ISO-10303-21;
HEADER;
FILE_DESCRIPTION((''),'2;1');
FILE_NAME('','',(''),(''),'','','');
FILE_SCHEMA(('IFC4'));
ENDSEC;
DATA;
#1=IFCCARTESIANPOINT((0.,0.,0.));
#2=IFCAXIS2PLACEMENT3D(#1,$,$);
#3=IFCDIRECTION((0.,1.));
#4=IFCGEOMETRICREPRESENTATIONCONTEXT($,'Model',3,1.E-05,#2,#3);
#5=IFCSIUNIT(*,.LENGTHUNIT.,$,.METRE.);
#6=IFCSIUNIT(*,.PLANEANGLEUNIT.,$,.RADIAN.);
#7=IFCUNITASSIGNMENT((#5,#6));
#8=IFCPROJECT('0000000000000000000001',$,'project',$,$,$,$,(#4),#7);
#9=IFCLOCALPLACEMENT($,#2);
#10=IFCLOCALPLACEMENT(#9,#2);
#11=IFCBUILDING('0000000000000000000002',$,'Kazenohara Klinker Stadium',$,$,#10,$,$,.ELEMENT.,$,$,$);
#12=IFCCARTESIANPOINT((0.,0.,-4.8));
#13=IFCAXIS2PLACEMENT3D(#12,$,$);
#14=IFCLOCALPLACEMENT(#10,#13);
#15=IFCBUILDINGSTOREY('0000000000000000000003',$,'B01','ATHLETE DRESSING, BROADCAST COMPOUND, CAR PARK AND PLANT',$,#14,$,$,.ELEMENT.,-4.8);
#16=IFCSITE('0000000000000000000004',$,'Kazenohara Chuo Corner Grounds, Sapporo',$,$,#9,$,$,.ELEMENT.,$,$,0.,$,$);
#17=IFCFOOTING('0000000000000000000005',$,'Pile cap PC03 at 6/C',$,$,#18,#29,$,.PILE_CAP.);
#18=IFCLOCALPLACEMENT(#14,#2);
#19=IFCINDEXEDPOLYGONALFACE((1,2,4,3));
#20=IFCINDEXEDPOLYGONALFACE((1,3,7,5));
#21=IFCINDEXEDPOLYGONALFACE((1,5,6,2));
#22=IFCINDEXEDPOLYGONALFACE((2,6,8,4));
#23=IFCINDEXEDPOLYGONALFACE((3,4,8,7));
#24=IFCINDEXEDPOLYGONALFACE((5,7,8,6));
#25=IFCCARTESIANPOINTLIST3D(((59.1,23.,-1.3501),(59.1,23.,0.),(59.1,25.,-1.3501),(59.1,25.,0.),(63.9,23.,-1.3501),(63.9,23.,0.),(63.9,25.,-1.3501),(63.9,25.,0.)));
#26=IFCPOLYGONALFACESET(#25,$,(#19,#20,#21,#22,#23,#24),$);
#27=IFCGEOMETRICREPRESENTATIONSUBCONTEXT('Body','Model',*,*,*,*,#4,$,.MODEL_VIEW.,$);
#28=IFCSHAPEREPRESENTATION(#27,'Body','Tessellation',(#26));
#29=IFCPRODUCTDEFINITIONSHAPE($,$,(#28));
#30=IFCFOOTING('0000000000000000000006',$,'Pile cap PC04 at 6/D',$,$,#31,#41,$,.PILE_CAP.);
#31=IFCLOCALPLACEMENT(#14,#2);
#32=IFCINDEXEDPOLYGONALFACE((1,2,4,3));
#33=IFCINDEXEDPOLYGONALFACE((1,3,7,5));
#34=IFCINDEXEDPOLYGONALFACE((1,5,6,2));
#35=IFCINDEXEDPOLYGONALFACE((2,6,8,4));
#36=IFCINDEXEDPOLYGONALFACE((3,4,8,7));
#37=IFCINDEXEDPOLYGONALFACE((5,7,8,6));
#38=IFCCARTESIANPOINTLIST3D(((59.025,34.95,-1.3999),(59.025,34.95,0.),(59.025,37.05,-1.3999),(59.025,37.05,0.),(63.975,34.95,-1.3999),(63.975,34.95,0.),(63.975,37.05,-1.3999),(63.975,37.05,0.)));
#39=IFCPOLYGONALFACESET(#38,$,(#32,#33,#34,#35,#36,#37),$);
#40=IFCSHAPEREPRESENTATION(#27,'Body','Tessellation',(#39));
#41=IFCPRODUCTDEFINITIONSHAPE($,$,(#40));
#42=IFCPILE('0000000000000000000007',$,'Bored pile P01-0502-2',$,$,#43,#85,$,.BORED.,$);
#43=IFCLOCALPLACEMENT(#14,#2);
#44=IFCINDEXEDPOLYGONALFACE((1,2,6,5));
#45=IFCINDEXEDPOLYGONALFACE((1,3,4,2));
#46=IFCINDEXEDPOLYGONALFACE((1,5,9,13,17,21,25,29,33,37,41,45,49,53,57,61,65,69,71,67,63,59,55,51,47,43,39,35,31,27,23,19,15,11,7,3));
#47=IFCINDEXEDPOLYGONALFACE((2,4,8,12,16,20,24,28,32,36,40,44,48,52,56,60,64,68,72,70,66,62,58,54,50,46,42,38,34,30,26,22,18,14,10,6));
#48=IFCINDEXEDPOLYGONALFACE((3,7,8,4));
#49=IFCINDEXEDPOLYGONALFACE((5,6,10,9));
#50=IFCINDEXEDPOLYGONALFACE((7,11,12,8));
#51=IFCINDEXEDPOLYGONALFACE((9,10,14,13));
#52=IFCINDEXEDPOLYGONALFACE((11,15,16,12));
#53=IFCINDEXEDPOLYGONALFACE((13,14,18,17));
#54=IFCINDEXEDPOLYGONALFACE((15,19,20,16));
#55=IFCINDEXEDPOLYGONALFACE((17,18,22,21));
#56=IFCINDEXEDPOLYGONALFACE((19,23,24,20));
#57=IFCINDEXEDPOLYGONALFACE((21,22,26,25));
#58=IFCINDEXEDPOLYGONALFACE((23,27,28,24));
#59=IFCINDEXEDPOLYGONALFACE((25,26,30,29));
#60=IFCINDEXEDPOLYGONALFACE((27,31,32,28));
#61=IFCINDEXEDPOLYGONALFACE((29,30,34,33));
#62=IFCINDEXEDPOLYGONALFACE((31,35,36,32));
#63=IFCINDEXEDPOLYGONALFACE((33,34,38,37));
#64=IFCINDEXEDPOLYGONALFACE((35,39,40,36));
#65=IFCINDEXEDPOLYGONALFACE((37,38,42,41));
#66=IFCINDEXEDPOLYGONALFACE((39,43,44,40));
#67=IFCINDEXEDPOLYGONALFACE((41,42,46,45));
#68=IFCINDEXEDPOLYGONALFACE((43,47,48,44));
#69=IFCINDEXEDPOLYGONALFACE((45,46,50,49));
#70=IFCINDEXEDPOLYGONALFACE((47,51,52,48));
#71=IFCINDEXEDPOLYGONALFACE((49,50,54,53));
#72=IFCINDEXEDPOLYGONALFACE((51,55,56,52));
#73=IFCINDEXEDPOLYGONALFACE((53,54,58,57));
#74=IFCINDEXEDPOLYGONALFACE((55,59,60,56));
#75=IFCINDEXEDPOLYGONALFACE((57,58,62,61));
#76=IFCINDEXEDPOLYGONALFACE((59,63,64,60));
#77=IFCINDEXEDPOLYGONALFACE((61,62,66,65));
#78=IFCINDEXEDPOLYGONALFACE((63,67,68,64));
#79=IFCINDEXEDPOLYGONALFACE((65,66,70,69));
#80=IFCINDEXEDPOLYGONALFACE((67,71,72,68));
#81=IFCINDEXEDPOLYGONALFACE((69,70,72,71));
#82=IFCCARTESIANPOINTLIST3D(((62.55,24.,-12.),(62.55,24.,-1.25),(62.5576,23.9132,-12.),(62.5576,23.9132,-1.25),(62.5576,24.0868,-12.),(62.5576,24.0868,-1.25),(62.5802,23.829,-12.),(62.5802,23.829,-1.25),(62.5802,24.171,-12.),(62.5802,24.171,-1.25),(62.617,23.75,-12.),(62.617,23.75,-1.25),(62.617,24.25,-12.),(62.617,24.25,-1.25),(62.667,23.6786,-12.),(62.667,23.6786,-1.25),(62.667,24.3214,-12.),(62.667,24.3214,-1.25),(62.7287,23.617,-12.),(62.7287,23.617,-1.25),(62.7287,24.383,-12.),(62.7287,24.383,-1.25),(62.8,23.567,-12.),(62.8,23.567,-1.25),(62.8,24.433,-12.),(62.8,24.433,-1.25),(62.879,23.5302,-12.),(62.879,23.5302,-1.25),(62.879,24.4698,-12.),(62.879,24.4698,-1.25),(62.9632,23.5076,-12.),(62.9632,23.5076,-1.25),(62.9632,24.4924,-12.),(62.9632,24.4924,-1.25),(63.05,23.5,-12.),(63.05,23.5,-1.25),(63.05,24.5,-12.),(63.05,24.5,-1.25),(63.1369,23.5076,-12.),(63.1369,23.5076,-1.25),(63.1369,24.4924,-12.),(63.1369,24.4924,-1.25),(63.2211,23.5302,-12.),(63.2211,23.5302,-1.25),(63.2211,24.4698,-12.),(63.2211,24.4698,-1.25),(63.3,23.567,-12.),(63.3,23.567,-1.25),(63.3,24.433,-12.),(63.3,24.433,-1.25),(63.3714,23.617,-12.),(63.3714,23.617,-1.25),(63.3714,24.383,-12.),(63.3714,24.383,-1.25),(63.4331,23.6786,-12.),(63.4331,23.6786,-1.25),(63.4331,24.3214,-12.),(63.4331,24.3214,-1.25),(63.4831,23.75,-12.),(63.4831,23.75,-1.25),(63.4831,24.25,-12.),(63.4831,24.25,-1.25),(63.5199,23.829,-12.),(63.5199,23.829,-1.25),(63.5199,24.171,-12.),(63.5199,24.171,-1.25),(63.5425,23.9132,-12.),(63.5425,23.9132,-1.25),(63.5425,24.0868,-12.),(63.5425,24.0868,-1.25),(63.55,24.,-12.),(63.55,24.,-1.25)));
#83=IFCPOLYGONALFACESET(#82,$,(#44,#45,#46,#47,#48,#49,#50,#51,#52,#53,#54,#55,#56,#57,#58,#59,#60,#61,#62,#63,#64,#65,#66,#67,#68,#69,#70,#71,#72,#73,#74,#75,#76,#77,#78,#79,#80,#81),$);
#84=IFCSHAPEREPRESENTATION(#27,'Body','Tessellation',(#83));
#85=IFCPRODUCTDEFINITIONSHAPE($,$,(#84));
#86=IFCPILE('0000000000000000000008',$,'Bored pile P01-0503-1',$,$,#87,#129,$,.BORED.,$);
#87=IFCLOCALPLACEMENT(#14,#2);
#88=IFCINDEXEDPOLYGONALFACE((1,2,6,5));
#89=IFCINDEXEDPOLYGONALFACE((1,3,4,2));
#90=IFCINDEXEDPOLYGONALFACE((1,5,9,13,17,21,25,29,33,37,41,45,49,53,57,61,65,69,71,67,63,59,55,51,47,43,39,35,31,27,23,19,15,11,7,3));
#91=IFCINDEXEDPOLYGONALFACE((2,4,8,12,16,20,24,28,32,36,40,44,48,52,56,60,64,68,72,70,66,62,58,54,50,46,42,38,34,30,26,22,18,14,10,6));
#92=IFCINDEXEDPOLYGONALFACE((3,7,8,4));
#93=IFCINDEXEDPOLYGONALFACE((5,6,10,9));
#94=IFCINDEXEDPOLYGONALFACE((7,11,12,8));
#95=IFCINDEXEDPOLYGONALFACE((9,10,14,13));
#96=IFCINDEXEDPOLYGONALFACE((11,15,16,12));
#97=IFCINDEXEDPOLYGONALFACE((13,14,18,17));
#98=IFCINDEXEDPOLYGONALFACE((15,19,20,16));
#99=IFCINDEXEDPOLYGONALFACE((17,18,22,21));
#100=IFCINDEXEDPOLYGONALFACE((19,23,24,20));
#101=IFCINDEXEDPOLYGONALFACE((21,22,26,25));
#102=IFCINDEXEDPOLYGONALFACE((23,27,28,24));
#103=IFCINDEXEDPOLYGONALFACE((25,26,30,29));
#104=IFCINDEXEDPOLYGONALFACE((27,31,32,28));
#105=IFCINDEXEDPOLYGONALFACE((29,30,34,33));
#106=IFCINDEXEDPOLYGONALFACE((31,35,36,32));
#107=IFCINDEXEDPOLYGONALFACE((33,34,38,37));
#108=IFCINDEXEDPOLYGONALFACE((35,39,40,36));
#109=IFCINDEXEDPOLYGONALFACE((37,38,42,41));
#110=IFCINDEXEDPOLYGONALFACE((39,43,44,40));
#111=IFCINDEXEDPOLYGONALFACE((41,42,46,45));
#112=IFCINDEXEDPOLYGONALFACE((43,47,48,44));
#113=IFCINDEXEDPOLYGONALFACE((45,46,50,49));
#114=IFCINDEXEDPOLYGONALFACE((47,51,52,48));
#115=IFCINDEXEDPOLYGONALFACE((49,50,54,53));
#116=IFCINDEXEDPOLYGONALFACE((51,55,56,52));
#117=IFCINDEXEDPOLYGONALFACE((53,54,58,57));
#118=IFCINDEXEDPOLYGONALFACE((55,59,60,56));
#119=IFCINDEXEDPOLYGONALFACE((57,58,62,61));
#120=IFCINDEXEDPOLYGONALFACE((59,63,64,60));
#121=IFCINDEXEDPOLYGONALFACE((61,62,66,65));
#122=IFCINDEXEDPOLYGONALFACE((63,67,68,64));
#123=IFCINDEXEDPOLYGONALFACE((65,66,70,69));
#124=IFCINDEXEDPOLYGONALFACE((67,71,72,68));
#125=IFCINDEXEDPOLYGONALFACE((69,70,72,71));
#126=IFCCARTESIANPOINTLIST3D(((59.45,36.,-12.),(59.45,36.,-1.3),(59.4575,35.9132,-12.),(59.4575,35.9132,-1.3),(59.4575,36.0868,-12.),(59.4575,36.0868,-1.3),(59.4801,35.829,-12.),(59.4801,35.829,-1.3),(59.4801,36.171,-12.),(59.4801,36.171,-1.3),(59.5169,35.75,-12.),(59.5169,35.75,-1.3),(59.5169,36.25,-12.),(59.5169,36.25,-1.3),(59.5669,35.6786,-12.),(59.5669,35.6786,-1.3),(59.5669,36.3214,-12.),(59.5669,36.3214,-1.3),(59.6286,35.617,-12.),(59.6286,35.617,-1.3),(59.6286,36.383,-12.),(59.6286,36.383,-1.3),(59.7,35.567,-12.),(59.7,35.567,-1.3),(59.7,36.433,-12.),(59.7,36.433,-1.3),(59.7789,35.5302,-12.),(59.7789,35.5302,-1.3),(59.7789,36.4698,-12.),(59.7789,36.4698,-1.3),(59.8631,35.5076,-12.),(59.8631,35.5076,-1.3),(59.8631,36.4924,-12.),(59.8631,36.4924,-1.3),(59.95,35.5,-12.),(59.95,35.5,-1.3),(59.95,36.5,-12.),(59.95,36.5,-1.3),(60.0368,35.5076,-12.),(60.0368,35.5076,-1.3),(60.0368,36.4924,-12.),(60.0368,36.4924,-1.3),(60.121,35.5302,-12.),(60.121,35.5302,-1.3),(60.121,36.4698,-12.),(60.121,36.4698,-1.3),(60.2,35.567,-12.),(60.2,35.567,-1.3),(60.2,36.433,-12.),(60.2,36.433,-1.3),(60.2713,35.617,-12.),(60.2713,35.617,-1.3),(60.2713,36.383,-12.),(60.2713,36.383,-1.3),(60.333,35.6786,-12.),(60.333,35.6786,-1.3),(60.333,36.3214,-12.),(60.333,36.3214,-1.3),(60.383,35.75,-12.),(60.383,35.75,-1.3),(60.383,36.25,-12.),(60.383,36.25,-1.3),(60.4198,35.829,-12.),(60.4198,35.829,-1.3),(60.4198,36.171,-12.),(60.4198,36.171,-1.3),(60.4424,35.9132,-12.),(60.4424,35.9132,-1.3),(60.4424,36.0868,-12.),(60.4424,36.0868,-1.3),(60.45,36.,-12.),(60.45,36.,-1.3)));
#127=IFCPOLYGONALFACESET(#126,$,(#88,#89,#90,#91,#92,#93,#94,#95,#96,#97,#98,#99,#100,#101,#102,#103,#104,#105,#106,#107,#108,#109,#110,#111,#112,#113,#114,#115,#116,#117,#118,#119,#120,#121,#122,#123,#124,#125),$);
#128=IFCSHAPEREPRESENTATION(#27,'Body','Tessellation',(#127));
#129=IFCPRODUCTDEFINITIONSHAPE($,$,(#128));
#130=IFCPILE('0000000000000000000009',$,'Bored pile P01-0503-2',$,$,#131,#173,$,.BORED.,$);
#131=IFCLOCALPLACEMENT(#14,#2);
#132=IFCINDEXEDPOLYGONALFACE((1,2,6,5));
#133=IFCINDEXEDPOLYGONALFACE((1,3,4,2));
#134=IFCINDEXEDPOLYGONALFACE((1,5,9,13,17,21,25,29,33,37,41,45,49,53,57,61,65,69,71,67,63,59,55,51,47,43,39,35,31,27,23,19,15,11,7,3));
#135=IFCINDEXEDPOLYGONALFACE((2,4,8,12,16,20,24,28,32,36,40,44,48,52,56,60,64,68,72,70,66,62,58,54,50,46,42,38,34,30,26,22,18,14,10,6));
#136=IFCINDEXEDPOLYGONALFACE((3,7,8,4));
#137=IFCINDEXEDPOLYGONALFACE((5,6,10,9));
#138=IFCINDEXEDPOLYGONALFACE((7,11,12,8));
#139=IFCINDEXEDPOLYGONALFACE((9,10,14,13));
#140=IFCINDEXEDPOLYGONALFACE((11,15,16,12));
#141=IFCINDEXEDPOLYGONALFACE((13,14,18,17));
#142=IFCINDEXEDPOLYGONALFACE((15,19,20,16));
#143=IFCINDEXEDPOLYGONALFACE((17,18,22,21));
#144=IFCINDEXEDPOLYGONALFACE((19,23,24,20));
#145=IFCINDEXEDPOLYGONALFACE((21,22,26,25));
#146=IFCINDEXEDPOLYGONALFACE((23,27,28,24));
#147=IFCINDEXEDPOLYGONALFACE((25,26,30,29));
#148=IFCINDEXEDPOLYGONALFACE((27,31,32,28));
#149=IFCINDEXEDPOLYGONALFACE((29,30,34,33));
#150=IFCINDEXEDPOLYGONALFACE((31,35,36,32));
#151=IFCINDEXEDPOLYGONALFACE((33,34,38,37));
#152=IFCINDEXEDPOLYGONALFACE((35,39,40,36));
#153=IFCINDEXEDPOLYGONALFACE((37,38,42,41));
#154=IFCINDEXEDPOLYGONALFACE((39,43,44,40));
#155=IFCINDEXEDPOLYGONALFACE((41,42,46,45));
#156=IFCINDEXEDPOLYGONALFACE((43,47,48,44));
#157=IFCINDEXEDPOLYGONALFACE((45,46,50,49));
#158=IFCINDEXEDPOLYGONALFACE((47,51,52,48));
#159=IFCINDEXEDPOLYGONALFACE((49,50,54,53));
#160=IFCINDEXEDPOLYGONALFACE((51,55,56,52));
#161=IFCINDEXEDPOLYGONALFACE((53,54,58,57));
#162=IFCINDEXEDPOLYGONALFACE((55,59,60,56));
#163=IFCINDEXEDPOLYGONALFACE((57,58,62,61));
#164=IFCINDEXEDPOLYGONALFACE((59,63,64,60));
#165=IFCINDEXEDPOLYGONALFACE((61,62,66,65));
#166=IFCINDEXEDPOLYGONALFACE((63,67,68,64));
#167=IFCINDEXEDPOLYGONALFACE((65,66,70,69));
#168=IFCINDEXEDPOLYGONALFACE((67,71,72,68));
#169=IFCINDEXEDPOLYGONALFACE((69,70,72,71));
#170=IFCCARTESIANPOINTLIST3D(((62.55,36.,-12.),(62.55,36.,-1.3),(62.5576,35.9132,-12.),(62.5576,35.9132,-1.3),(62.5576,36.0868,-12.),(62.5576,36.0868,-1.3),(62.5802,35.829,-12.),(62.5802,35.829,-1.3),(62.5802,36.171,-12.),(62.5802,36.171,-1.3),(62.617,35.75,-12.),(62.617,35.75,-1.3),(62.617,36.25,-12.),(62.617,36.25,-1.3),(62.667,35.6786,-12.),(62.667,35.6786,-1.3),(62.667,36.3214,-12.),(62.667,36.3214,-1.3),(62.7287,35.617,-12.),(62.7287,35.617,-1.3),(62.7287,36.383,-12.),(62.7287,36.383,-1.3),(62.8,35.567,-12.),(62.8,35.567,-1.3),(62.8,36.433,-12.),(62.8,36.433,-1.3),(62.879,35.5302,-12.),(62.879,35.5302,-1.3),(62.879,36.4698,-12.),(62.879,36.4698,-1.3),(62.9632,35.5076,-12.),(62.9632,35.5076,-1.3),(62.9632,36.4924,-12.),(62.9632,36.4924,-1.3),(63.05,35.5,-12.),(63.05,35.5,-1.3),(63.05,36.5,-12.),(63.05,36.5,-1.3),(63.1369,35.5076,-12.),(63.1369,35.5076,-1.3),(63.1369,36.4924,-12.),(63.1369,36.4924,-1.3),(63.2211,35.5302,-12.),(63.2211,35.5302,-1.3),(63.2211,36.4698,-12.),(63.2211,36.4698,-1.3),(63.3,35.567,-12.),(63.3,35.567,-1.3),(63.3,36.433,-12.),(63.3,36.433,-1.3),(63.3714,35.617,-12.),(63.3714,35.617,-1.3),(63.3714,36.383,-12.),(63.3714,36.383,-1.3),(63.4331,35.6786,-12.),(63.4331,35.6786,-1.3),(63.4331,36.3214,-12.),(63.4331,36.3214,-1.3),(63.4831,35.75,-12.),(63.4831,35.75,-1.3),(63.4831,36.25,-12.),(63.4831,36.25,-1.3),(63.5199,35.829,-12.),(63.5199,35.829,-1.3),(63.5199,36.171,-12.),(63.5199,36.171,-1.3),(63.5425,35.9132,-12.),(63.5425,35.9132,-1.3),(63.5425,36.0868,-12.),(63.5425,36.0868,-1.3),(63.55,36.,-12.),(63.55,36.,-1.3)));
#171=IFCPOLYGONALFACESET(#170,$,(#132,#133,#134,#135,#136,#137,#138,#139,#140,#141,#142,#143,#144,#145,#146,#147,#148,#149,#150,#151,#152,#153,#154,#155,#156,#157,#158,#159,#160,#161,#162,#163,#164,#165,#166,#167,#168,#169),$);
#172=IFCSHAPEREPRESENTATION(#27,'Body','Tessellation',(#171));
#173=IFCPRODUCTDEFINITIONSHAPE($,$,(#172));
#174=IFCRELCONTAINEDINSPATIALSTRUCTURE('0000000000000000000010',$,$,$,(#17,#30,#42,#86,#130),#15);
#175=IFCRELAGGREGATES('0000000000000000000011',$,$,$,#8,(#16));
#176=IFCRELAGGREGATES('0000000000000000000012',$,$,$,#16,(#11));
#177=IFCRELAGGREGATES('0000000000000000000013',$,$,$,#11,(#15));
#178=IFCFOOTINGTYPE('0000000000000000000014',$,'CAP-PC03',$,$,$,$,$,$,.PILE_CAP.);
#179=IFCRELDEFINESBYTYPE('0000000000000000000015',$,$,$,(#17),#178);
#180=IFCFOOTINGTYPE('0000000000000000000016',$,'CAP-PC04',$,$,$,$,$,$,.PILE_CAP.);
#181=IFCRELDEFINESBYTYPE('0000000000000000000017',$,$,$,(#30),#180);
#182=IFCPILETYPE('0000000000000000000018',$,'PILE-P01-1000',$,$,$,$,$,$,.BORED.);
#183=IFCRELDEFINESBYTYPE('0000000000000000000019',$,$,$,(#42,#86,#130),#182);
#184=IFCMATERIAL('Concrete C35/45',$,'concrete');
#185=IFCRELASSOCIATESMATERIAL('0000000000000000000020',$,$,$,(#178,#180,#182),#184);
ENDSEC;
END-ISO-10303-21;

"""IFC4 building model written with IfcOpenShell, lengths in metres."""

from ifc_helpers import new_model, si_unit, direction, frame, origin, origin_2d, place, context, subcontext, project, spatial, rectangle, circle, extrude, material, material_profile, profile_set, type_object, element, save


model = new_model("IFC4")

# Units and contexts
model_context = context("Model", 3, precision=1e-05, world=origin(), true_north=direction((0.0, 1.0)))
body_context = subcontext(model_context, "Body", "Model", "MODEL_VIEW")
ifc_project = project(units=[si_unit("LENGTHUNIT", "METRE"), si_unit("PLANEANGLEUNIT", "RADIAN")], contexts=[model_context])

# Site, building, storey
site_placement = place(None, origin())
site = spatial("IfcSite", under=ifc_project, at=site_placement, Name="Kazenohara Chuo Corner Grounds, Sapporo", CompositionType="ELEMENT", RefElevation=0.0)
building_placement = place(site_placement, origin())
building = spatial("IfcBuilding", under=site, at=building_placement, Name="Kazenohara Klinker Stadium", CompositionType="ELEMENT")
storey_placement = place(building_placement, frame((0.0, 0.0, -4.8)))
storey = spatial("IfcBuildingStorey", under=building, at=storey_placement, Name="B01", Description="ATHLETE DRESSING, BROADCAST COMPOUND, CAR PARK AND PLANT", CompositionType="ELEMENT", Elevation=-4.8)

# Footings
ifc_material_1 = material(Name="Concrete C35/45", Category="concrete")
footing_type_1 = type_object("IfcFootingType", Name="CAP-PC03", PredefinedType="PILE_CAP", material=ifc_material_1)
footing_1_placement = place(storey_placement, frame((61.5, 24.0, -1.3501), z_axis=(0.0, 0.0, 1.0), x_axis=(1.0, 0.0, 0.0)))
element("IfcFooting", 1, at=footing_1_placement, inside=storey, type_object=footing_type_1, Name="Pile cap PC03 at 6/C", PredefinedType="PILE_CAP", context=body_context, shape_type="SweptSolid", body=[
    extrude(rectangle(XDim=4.8, YDim=2.0, at=origin_2d()), origin(), (0.0, 0.0, 1.0), 1.3501),
])
footing_type_2 = type_object("IfcFootingType", Name="CAP-PC04", PredefinedType="PILE_CAP", material=ifc_material_1)
footing_2_placement = place(storey_placement, frame((61.5, 36.0, -1.3999), z_axis=(0.0, 0.0, 1.0), x_axis=(1.0, 0.0, 0.0)))
element("IfcFooting", 2, at=footing_2_placement, inside=storey, type_object=footing_type_2, Name="Pile cap PC04 at 6/D", PredefinedType="PILE_CAP", context=body_context, shape_type="SweptSolid", body=[
    extrude(rectangle(XDim=4.95, YDim=2.1001, at=origin_2d()), origin(), (0.0, 0.0, 1.0), 1.3999),
])

# Piles
ifc_material_profile_1 = material_profile(ifc_material_1, circle(Radius=0.5, at=origin_2d()), Name="BORED-PILE-1000")
ifc_profile_set_1 = profile_set([ifc_material_profile_1], Name="Concrete C35/45")
pile_type = type_object("IfcPileType", Name="PILE-P01-1000", PredefinedType="BORED", material=ifc_profile_set_1)
pile_1_placement = place(storey_placement, frame((63.05, 24.0, -1.25), z_axis=(0.0, 0.0, -1.0), x_axis=(1.0, 0.0, 0.0)))
element("IfcPile", 3, at=pile_1_placement, inside=storey, type_object=pile_type, Name="Bored pile P01-0502-2", PredefinedType="BORED", context=body_context, shape_type="SweptSolid", body=[
    extrude(circle(Radius=0.5, at=origin_2d()), origin(), (0.0, 0.0, 1.0), 10.75),
])
for number, where, z_axis, x_axis, name in (
    (4, (59.95, 36.0, -1.3), (0.0, 0.0, -1.0), (1.0, 0.0, 0.0), "Bored pile P01-0503-1"),
    (5, (63.05, 36.0, -1.3), (0.0, 0.0, -1.0), (1.0, 0.0, 0.0), "Bored pile P01-0503-2"),
):
    element("IfcPile", number, at=place(storey_placement, frame(where, z_axis=z_axis, x_axis=x_axis)), inside=storey, type_object=pile_type, Name=name, PredefinedType="BORED", context=body_context, shape_type="SweptSolid", body=[
        extrude(circle(Radius=0.5, at=origin_2d()), origin(), (0.0, 0.0, 1.0), 10.7),
    ])

save(model, "model.ifc")
